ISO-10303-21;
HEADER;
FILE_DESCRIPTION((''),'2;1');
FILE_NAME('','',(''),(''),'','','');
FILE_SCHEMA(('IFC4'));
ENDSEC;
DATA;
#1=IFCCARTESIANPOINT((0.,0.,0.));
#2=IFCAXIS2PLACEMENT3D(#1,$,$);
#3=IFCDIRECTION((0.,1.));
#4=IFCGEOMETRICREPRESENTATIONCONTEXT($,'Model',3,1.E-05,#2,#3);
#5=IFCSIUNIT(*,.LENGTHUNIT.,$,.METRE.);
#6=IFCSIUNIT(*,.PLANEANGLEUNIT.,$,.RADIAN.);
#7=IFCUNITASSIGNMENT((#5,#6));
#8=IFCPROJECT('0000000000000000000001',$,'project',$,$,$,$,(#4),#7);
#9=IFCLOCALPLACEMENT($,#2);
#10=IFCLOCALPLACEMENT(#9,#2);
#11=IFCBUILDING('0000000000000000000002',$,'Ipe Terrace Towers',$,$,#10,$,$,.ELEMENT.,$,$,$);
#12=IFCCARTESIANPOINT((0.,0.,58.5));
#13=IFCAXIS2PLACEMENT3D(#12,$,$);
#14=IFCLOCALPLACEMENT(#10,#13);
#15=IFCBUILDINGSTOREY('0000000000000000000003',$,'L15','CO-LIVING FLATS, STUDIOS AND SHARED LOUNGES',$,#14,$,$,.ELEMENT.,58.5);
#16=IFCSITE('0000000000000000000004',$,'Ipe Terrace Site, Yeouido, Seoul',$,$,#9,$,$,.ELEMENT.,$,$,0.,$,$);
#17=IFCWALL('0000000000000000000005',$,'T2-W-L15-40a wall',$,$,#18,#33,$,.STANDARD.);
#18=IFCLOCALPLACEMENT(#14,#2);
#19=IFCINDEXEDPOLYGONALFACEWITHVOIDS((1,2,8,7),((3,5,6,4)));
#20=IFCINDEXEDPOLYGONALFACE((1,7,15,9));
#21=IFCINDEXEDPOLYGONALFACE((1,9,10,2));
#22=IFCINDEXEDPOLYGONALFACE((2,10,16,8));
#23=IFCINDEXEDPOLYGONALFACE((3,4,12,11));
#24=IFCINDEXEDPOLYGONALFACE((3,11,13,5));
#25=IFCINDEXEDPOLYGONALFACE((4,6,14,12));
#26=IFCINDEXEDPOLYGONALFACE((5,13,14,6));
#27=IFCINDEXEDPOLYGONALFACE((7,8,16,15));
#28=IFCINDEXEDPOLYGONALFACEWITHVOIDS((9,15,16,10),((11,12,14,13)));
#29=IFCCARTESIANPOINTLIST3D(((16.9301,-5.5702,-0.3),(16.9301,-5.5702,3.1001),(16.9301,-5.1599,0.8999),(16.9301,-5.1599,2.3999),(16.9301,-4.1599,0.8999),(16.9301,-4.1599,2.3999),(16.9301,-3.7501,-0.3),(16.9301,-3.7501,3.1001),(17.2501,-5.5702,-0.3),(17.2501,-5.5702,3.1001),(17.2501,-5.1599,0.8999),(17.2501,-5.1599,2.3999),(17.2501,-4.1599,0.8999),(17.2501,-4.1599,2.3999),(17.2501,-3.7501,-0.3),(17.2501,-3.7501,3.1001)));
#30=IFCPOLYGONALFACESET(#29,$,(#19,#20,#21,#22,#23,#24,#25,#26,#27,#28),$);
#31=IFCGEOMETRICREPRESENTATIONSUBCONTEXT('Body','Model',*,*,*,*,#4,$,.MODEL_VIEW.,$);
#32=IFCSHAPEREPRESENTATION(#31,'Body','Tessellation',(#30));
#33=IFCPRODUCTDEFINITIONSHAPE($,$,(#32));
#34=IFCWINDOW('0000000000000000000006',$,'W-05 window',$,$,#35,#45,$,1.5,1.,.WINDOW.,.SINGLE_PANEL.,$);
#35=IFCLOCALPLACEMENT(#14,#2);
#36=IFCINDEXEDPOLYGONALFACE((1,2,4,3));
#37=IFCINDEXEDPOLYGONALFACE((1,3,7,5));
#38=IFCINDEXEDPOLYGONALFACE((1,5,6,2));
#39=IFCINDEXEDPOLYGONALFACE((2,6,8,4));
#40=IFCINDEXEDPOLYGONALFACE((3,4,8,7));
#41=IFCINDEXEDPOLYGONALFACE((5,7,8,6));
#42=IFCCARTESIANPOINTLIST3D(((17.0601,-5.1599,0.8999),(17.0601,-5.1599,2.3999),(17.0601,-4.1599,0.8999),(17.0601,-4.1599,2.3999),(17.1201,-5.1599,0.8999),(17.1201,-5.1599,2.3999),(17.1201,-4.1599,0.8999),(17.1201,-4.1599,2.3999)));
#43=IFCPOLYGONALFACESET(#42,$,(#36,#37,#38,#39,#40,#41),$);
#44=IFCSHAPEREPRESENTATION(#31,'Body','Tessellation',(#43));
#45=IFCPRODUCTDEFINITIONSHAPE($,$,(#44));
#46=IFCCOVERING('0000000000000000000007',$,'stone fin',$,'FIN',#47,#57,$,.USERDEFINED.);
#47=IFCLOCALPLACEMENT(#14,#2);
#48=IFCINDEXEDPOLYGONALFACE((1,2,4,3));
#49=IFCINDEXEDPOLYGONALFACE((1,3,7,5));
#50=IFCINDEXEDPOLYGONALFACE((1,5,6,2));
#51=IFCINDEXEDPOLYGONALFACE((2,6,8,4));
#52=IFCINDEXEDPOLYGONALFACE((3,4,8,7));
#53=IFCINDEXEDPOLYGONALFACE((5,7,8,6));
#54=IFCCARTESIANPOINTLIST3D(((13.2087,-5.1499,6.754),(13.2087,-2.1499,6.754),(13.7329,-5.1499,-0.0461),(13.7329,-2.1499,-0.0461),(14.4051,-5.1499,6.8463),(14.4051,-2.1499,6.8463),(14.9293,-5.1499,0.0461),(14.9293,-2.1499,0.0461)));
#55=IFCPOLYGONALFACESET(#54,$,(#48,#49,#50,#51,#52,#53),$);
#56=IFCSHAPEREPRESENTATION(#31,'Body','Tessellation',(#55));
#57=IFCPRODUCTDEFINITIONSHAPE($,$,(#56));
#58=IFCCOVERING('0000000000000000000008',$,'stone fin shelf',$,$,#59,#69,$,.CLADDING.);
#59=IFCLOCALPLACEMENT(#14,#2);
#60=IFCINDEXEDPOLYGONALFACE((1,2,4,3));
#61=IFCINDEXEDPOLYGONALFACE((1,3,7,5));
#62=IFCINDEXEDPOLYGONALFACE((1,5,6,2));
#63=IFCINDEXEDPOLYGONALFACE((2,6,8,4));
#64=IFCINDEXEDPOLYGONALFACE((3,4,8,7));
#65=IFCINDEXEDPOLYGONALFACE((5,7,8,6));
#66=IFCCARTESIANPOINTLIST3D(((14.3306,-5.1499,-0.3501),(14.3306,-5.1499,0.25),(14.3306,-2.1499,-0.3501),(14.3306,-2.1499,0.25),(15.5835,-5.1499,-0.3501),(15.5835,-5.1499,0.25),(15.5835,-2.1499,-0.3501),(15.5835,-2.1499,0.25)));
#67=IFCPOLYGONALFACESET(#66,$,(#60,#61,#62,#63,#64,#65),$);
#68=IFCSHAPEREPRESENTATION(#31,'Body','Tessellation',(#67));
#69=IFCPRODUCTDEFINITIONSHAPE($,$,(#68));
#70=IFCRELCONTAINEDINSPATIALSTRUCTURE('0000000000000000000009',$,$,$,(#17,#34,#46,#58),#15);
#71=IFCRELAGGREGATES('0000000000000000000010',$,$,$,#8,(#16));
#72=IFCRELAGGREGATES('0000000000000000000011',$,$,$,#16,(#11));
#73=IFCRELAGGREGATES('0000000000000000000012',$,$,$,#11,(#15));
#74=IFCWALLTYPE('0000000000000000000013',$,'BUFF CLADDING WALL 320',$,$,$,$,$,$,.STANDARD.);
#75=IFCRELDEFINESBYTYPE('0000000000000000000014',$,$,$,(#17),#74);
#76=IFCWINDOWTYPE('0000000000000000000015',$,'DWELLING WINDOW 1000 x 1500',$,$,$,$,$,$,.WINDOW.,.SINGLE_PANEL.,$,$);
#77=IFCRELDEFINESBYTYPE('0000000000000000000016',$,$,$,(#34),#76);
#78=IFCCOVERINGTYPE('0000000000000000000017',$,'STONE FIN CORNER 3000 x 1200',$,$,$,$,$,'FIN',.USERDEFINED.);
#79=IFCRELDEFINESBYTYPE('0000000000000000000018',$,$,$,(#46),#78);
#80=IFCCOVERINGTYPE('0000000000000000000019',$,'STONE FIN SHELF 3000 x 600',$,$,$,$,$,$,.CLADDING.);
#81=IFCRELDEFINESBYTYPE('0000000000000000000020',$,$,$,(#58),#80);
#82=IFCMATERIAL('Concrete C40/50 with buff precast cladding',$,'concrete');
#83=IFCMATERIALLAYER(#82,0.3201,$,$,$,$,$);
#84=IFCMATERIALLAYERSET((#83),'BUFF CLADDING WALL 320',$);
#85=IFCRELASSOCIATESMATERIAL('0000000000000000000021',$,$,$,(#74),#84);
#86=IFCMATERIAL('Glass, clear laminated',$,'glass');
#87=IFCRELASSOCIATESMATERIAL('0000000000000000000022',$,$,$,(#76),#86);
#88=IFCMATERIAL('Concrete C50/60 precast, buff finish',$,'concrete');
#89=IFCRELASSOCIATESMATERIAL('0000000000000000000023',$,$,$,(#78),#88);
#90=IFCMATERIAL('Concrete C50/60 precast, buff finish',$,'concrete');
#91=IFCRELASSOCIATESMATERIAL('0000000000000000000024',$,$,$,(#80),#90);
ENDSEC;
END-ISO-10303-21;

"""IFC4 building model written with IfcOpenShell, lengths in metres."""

from ifc_helpers import new_model, si_unit, direction, frame, frame_2d, origin, origin_2d, place, context, subcontext, project, spatial, rectangle, extrude, material, layer, layer_set, material_profile, profile_set, type_object, element, fill, save


model = new_model("IFC4")

# Units and contexts
model_context = context("Model", 3, precision=1e-05, world=origin(), true_north=direction((0.0, 1.0)))
body_context = subcontext(model_context, "Body", "Model", "MODEL_VIEW")
ifc_project = project(units=[si_unit("LENGTHUNIT", "METRE"), si_unit("PLANEANGLEUNIT", "RADIAN")], contexts=[model_context])

# Site, building, storey
site_placement = place(None, origin())
site = spatial("IfcSite", under=ifc_project, at=site_placement, Name="Ipe Terrace Site, Yeouido, Seoul", CompositionType="ELEMENT", RefElevation=0.0)
building_placement = place(site_placement, origin())
building = spatial("IfcBuilding", under=site, at=building_placement, Name="Ipe Terrace Towers", CompositionType="ELEMENT")
storey_placement = place(building_placement, frame((0.0, 0.0, 58.5)))
storey = spatial("IfcBuildingStorey", under=building, at=storey_placement, Name="L15", Description="CO-LIVING FLATS, STUDIOS AND SHARED LOUNGES", CompositionType="ELEMENT", Elevation=58.5)

# Shared definitions
ifc_material_1 = material(Name="Concrete C40/50 with buff precast cladding", Category="concrete")
ifc_layer_1 = layer(ifc_material_1, 0.3201)
ifc_layer_set_1 = layer_set([ifc_layer_1], Name="BUFF CLADDING WALL 320")
wall_type = type_object("IfcWallType", Name="BUFF CLADDING WALL 320", PredefinedType="STANDARD", material=ifc_layer_set_1)

# Wall, opening, window
wall_1_placement = place(storey_placement, frame((17.0901, -3.75, -0.3), z_axis=(0.0, 0.0, 1.0), x_axis=(0.0, -1.0, 0.0)))
wall_1 = element("IfcWall", 1, at=wall_1_placement, inside=storey, type_object=wall_type, Name="T2-W-L15-40a wall", PredefinedType="STANDARD", context=body_context, shape_type="SweptSolid", body=[
    extrude(rectangle(XDim=1.8201, YDim=0.3201, at=frame_2d((0.9102, 0.0))), origin(), (0.0, 0.0, 1.0), 3.4001),
])
opening_placement = place(wall_1_placement, frame((0.4099, 0.0, 1.2)))
opening = element("IfcOpeningElement", 2, at=opening_placement, cuts=wall_1, PredefinedType="OPENING", context=body_context, shape_type="SweptSolid", body=[
    extrude(rectangle(XDim=1.0, YDim=1.5, at=frame_2d((0.5, 0.75))), frame((0.0, 0.1699, 0.0), z_axis=(0.0, -1.0, 0.0), x_axis=(1.0, 0.0, 0.0)), (0.0, 0.0, 1.0), 0.3401),
])
ifc_material_2 = material(Name="Glass, clear laminated", Category="glass")
window_type = type_object("IfcWindowType", Name="DWELLING WINDOW 1000 x 1500", PartitioningType="SINGLE_PANEL", PredefinedType="WINDOW", material=ifc_material_2)
window_placement = place(opening_placement, origin())
window = element("IfcWindow", 3, at=window_placement, inside=storey, type_object=window_type, Name="W-05 window", OverallHeight=1.5, OverallWidth=1.0, PartitioningType="SINGLE_PANEL", PredefinedType="WINDOW", context=body_context, shape_type="SweptSolid", body=[
    extrude(rectangle(XDim=1.0, YDim=1.5, at=frame_2d((0.5, 0.75))), frame((0.0, 0.03, 0.0), z_axis=(0.0, -1.0, 0.0), x_axis=(1.0, 0.0, 0.0)), (0.0, 0.0, 1.0), 0.0601),
])
fill(opening, window)

# Coverings
ifc_material_3 = material(Name="Concrete C50/60 precast, buff finish", Category="concrete")
ifc_material_profile_1 = material_profile(ifc_material_3, rectangle(XDim=3.0, YDim=1.2, at=origin_2d()), Name="STONE FIN CORNER 3000 x 1200")
ifc_profile_set_1 = profile_set([ifc_material_profile_1], Name="Concrete C50/60 precast, buff finish")
covering_type_1 = type_object("IfcCoveringType", Name="STONE FIN CORNER 3000 x 1200", ElementType="FIN", PredefinedType="USERDEFINED", material=ifc_profile_set_1)
covering_1_placement = place(storey_placement, frame((14.3311, -3.6499, 0.0), z_axis=(-0.076855, 0.0, 0.997042), x_axis=(0.0, -1.0, 0.0)))
element("IfcCovering", 4, at=covering_1_placement, inside=storey, type_object=covering_type_1, Name="stone fin", ObjectType="FIN", PredefinedType="USERDEFINED", context=body_context, shape_type="SweptSolid", body=[
    extrude(rectangle(XDim=3.0, YDim=1.2, at=origin_2d()), origin(), (0.0, 0.0, 1.0), 6.8203),
])
ifc_material_4 = material(Name="Concrete C50/60 precast, buff finish", Category="concrete")
covering_type_2 = type_object("IfcCoveringType", Name="STONE FIN SHELF 3000 x 600", PredefinedType="CLADDING", material=ifc_material_4)
covering_2_placement = place(storey_placement, frame((14.957, -3.6499, -0.3501), z_axis=(0.0, 0.0, 1.0), x_axis=(0.0, -1.0, 0.0)))
element("IfcCovering", 5, at=covering_2_placement, inside=storey, type_object=covering_type_2, Name="stone fin shelf", PredefinedType="CLADDING", context=body_context, shape_type="SweptSolid", body=[
    extrude(rectangle(XDim=3.0, YDim=1.2529, at=origin_2d()), origin(), (0.0, 0.0, 1.0), 0.6001),
])

save(model, "model.ifc")
